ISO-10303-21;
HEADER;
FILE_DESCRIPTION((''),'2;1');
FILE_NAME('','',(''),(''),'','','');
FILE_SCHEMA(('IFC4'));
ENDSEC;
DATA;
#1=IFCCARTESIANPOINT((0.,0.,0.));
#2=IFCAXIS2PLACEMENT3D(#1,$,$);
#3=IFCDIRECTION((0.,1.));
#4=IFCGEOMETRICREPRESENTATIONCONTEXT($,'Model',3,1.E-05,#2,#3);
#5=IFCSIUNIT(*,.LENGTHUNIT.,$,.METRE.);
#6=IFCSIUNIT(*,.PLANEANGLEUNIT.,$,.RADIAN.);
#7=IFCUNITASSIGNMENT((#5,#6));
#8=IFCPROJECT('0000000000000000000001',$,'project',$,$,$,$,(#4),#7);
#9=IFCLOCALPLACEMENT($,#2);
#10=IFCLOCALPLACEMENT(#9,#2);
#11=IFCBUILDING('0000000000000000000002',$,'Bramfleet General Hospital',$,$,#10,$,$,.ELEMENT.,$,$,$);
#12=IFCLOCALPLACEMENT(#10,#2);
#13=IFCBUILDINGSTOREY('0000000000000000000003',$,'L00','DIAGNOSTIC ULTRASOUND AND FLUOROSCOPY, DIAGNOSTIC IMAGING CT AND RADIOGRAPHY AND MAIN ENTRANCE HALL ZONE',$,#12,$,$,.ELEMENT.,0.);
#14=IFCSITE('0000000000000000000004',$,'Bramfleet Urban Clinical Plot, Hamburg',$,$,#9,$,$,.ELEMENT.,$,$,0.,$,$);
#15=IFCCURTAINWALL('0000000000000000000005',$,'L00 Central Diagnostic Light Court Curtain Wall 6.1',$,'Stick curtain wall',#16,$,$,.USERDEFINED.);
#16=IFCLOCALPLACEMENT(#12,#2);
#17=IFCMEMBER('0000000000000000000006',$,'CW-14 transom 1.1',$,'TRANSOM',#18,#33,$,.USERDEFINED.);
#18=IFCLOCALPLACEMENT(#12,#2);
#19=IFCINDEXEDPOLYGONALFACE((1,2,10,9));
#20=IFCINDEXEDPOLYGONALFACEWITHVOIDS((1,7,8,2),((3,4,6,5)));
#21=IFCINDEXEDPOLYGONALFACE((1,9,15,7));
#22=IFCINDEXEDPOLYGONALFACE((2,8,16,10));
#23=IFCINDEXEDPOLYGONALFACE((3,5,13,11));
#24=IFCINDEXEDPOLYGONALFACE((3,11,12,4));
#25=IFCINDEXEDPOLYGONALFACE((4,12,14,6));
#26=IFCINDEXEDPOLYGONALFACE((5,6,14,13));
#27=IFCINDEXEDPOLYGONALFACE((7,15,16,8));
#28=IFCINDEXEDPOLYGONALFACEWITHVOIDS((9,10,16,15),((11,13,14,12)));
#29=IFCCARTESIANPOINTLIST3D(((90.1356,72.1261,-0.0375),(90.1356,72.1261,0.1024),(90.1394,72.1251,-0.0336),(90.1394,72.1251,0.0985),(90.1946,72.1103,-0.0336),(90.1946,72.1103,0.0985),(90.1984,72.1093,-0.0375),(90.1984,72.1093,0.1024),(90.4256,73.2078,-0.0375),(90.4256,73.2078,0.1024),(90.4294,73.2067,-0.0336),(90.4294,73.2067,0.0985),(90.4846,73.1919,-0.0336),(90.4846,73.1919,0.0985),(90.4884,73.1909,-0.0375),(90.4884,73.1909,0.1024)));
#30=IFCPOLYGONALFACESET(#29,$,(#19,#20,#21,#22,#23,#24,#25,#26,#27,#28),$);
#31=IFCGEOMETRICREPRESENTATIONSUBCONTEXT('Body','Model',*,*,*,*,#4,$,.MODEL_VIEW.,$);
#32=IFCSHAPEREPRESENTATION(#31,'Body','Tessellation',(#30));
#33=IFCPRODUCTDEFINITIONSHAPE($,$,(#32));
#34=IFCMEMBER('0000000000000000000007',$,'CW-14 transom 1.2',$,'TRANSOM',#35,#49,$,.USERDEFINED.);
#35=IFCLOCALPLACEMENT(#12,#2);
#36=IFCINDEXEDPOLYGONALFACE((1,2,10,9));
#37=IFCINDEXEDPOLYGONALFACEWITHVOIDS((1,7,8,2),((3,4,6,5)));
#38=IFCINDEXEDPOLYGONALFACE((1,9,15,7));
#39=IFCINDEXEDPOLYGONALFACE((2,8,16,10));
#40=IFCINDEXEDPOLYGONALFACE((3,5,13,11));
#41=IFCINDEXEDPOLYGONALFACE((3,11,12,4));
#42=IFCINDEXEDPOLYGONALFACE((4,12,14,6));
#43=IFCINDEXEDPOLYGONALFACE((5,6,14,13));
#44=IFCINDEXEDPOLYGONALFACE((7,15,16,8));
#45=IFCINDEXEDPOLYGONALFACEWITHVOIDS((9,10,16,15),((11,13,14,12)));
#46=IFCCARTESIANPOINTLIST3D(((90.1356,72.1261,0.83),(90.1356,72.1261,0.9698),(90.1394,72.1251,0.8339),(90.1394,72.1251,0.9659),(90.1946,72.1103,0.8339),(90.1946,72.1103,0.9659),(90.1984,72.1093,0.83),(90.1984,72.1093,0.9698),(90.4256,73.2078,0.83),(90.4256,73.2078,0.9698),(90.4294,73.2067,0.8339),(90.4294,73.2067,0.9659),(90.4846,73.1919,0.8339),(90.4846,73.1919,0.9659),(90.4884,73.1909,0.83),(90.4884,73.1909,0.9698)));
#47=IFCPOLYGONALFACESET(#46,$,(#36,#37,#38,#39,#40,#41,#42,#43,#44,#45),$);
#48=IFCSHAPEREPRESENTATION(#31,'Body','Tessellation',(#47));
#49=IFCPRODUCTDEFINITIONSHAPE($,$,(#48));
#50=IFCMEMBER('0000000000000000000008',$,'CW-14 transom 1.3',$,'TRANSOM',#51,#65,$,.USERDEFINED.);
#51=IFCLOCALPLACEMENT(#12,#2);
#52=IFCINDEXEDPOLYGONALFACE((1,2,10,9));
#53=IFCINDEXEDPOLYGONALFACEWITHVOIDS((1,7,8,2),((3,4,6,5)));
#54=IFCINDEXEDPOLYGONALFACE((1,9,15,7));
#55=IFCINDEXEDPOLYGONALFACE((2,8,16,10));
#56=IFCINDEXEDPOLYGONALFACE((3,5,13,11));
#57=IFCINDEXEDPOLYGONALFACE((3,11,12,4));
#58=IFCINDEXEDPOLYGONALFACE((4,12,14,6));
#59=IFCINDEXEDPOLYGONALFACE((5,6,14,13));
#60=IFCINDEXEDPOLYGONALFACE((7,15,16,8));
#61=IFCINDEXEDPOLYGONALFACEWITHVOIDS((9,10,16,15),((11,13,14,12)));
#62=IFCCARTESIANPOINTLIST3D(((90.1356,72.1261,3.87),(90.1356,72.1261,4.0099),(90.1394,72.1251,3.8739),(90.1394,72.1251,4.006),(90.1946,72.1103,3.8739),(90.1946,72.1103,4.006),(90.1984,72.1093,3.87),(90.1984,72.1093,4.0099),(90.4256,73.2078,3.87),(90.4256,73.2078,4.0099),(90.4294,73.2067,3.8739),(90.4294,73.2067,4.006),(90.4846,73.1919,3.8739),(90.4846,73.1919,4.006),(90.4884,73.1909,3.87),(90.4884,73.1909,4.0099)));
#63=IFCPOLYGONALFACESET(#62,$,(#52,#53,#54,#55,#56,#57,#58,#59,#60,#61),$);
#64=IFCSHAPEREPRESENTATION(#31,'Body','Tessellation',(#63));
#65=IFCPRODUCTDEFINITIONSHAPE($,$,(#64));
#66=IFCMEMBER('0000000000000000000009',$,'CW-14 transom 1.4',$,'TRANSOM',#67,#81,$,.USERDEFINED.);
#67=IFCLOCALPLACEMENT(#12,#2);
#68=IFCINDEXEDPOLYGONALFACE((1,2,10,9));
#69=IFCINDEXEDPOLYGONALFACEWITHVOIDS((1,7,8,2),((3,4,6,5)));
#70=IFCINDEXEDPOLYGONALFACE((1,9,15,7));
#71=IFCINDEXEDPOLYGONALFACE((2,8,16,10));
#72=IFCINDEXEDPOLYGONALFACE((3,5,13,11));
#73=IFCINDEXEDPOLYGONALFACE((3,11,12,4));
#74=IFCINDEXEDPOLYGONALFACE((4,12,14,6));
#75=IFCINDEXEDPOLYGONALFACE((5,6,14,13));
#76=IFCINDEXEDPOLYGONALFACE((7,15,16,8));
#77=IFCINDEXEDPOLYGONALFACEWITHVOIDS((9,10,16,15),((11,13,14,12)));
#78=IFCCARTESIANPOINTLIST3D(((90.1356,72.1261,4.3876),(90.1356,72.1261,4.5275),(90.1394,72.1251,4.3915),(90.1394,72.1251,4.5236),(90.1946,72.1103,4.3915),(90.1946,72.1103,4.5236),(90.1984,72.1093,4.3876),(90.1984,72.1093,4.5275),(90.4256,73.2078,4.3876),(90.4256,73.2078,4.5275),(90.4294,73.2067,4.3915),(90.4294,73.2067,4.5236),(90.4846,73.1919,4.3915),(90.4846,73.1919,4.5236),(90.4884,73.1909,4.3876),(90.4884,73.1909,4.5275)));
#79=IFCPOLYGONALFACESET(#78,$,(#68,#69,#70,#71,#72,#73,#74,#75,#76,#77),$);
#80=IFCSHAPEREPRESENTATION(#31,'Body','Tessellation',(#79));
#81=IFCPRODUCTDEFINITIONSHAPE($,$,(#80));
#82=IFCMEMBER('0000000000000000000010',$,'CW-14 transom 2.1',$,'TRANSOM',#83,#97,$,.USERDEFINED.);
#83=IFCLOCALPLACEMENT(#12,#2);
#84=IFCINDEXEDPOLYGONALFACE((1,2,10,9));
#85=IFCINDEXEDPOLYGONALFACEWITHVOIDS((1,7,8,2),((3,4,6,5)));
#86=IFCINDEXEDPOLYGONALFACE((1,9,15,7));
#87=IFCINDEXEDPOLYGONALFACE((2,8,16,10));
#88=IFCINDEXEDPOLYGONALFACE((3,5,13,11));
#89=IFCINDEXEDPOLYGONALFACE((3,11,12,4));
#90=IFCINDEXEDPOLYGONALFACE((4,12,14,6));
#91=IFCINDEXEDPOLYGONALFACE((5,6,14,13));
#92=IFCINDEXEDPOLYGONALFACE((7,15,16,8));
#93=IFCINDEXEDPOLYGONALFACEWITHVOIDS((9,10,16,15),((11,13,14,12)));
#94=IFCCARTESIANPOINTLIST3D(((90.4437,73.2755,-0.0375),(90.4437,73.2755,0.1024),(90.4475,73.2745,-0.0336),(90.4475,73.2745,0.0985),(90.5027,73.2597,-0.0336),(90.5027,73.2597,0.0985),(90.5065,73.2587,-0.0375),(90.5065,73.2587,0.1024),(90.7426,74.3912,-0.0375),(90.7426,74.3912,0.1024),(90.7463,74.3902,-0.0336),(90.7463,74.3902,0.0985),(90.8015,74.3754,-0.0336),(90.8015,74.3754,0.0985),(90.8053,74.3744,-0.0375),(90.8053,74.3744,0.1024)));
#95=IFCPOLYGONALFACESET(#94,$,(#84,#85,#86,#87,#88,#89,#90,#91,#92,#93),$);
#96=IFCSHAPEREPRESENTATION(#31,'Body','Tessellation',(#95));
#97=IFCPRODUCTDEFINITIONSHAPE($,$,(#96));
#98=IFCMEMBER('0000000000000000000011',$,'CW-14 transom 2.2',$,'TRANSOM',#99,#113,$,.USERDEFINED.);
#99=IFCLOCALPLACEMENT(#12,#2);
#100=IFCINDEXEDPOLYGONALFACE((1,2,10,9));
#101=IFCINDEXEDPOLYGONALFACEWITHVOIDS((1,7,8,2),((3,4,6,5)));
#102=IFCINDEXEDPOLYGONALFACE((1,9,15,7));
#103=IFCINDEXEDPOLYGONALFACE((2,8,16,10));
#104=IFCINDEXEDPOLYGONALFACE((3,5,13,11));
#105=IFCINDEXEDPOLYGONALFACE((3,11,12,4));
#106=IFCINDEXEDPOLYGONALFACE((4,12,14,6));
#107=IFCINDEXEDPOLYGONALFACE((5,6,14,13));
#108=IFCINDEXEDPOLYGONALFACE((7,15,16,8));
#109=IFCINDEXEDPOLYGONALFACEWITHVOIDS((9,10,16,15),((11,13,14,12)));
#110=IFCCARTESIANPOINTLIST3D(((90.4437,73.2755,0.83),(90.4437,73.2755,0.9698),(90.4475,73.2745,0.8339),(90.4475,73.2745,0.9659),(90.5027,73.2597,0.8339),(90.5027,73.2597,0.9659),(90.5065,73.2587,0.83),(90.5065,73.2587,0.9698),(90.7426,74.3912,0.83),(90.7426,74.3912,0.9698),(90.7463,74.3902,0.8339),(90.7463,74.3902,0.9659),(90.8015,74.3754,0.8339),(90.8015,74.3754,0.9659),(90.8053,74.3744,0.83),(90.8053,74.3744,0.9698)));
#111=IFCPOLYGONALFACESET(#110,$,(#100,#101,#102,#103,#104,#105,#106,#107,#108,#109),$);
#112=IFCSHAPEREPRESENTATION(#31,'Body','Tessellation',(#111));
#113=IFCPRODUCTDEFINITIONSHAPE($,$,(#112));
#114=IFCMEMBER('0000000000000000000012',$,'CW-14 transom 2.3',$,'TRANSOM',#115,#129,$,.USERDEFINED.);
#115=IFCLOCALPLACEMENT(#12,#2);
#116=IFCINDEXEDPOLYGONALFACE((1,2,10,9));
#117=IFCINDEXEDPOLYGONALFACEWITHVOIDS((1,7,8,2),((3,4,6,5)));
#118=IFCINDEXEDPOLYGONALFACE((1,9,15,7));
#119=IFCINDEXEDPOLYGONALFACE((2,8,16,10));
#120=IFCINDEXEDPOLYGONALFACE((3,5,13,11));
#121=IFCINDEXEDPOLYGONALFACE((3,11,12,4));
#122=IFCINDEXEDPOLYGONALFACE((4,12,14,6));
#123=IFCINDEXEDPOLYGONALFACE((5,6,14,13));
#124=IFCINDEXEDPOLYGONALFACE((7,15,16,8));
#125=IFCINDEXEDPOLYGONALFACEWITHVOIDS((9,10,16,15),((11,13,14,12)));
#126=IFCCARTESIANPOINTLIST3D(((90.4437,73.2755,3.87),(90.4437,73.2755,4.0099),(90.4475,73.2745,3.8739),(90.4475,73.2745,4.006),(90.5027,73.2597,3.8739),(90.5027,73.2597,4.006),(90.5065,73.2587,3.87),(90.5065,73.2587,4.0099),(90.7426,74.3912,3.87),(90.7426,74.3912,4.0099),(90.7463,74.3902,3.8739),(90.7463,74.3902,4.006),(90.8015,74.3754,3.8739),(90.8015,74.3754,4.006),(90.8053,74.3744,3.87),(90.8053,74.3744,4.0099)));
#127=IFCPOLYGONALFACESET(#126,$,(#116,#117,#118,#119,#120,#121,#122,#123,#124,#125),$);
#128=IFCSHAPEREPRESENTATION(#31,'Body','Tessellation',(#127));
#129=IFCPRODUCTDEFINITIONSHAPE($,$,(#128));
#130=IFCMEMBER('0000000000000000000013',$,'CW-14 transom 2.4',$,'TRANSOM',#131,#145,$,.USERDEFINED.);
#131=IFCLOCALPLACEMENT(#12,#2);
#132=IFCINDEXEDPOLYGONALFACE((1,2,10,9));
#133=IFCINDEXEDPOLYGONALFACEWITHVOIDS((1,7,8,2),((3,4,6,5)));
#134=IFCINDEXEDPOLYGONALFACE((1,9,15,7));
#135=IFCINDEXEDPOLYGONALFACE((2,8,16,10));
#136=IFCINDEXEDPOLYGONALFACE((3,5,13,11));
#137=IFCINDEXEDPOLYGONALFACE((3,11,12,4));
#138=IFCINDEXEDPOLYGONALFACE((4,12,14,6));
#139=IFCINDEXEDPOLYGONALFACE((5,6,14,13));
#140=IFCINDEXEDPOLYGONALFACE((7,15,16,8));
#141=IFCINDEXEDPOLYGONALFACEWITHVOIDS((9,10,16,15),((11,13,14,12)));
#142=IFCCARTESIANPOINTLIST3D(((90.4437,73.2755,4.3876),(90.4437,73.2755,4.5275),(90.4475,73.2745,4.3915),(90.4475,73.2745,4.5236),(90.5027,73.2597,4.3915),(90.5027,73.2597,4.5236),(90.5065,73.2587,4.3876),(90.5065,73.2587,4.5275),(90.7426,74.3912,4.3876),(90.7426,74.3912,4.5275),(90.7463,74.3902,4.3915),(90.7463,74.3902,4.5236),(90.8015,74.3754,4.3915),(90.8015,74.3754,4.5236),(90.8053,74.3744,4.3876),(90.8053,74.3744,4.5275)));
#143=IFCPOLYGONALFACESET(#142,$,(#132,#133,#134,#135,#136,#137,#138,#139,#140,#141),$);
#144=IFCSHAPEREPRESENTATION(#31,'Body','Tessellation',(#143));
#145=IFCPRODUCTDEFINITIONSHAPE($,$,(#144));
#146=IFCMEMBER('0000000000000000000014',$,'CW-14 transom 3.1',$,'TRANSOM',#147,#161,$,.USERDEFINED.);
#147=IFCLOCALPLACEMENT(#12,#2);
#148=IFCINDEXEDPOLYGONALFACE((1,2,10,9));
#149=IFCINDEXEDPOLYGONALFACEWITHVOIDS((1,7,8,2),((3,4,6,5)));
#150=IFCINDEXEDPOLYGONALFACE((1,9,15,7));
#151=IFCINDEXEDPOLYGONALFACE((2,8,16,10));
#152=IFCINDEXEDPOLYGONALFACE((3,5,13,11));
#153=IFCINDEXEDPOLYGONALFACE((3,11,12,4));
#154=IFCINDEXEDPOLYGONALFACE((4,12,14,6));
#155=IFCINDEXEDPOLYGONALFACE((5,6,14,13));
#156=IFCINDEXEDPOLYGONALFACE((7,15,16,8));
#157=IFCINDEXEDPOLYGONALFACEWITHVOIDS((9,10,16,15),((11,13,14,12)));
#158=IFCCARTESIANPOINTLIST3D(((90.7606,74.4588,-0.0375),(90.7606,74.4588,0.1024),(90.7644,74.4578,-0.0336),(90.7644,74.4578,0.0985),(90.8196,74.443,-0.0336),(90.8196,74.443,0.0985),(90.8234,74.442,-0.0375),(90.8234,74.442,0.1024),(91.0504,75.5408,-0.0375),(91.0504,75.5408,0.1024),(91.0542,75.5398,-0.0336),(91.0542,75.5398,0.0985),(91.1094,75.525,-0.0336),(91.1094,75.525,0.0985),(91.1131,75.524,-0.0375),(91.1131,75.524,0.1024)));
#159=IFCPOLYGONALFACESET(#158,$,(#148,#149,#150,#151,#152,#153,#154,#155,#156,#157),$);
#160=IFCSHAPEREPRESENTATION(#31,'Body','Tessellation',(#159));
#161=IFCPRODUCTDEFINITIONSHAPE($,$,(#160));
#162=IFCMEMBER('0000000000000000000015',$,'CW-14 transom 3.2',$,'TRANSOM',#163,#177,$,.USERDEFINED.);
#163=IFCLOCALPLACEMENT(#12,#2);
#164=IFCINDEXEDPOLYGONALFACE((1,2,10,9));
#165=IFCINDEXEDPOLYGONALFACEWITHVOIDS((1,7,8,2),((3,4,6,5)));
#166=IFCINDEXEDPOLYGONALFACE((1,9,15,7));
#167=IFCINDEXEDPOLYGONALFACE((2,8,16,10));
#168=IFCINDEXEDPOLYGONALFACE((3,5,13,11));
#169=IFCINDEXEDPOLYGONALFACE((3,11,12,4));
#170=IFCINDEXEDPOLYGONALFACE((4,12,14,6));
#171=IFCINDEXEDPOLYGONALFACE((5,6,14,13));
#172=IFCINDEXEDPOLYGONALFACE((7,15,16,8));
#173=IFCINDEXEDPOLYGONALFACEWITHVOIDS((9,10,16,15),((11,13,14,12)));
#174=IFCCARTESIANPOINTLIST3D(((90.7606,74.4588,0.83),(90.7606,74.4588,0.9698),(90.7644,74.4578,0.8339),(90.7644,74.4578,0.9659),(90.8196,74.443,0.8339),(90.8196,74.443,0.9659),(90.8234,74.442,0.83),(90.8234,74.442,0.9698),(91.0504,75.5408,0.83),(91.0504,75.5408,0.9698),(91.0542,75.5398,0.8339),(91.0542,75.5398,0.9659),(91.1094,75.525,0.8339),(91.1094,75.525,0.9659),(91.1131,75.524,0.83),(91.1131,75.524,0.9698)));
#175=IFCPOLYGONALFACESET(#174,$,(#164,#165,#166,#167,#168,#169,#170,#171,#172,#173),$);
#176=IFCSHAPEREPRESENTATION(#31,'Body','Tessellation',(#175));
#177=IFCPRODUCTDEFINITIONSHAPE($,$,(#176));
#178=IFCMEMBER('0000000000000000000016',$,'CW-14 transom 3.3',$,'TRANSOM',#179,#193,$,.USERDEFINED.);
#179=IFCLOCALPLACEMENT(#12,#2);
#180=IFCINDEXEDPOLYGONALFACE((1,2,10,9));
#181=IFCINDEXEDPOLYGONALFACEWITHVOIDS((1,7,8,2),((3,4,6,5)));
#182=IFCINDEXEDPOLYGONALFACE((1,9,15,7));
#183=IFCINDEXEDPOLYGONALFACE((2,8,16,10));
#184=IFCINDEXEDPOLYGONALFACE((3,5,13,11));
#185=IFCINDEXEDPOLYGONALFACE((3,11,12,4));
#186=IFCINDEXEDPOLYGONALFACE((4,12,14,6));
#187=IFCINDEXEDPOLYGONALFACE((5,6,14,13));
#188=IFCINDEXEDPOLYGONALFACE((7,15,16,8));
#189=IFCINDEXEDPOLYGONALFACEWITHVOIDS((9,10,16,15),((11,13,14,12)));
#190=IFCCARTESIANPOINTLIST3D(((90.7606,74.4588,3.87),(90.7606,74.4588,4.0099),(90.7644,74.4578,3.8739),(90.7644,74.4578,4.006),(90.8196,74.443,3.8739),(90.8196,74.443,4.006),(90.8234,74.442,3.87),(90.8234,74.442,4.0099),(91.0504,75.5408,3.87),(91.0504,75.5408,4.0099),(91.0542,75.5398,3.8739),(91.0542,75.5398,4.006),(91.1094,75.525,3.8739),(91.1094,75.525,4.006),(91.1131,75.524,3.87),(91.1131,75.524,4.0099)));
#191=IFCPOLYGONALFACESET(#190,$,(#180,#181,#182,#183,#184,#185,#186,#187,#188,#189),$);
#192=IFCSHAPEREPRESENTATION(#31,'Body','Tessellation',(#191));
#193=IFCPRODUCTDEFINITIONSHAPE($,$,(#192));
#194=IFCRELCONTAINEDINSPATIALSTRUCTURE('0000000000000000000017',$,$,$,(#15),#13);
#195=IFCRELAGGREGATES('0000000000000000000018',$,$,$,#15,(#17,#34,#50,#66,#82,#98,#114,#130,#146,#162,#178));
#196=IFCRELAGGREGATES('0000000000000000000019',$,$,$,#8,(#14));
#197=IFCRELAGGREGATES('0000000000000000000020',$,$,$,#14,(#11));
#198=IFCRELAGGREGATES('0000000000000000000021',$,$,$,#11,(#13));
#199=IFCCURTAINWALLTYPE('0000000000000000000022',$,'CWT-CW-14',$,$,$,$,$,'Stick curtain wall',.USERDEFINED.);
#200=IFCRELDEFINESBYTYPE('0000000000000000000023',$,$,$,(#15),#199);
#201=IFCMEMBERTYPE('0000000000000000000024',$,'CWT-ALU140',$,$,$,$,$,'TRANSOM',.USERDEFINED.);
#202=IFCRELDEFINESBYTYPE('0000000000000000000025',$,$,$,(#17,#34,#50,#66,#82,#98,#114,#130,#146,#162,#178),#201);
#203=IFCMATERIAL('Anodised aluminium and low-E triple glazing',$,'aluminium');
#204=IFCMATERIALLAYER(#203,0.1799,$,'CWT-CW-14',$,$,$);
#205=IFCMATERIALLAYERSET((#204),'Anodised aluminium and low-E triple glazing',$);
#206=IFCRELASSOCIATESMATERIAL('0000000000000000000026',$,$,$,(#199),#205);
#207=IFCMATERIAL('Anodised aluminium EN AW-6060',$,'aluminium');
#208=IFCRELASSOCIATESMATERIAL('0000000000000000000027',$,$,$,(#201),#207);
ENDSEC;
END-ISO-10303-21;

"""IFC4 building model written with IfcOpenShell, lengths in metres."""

from ifc_helpers import new_model, si_unit, direction, frame, origin, origin_2d, place, context, subcontext, project, spatial, hollow_rectangle, extrude, material, layer, layer_set, material_profile, profile_set, type_object, element, aggregate, save


model = new_model("IFC4")

# Units and contexts
model_context = context("Model", 3, precision=1e-05, world=origin(), true_north=direction((0.0, 1.0)))
body_context = subcontext(model_context, "Body", "Model", "MODEL_VIEW")
ifc_project = project(units=[si_unit("LENGTHUNIT", "METRE"), si_unit("PLANEANGLEUNIT", "RADIAN")], contexts=[model_context])

# Site, building, storey
site_placement = place(None, origin())
site = spatial("IfcSite", under=ifc_project, at=site_placement, Name="Bramfleet Urban Clinical Plot, Hamburg", CompositionType="ELEMENT", RefElevation=0.0)
building_placement = place(site_placement, origin())
building = spatial("IfcBuilding", under=site, at=building_placement, Name="Bramfleet General Hospital", CompositionType="ELEMENT")
storey_placement = place(building_placement, origin())
storey = spatial("IfcBuildingStorey", under=building, at=storey_placement, Name="L00", Description="DIAGNOSTIC ULTRASOUND AND FLUOROSCOPY, DIAGNOSTIC IMAGING CT AND RADIOGRAPHY AND MAIN ENTRANCE HALL ZONE", CompositionType="ELEMENT", Elevation=0.0)

# Shared definitions
ifc_material_1 = material(Name="Anodised aluminium and low-E triple glazing", Category="aluminium")
ifc_material_2 = material(Name="Anodised aluminium EN AW-6060", Category="aluminium")

# Curtain wall
ifc_layer_1 = layer(ifc_material_1, 0.1799, Name="CWT-CW-14")
ifc_layer_set_1 = layer_set([ifc_layer_1], Name="Anodised aluminium and low-E triple glazing")
curtain_wall_type_1 = type_object("IfcCurtainWallType", Name="CWT-CW-14", ElementType="Stick curtain wall", PredefinedType="USERDEFINED", material=ifc_layer_set_1)
curtain_wall_1_placement = place(storey_placement, origin())
curtain_wall_1 = element("IfcCurtainWall", 1, at=curtain_wall_1_placement, inside=storey, type_object=curtain_wall_type_1, Name="L00 Central Diagnostic Light Court Curtain Wall 6.1", ObjectType="Stick curtain wall", PredefinedType="USERDEFINED")

# Members
ifc_material_profile_1 = material_profile(ifc_material_2, hollow_rectangle(XDim=0.0649, YDim=0.1399, WallThickness=0.0039, at=origin_2d()), Name="ALU 140x65x4.0")
ifc_profile_set_1 = profile_set([ifc_material_profile_1], Name="Anodised aluminium EN AW-6060")
member_type_1 = type_object("IfcMemberType", Name="CWT-ALU140", ElementType="TRANSOM", PredefinedType="USERDEFINED", material=ifc_profile_set_1)
member_1_placement = place(storey_placement, frame((90.167, 72.1177, 0.0325), z_axis=(0.258965, 0.965887, 0.0), x_axis=(-0.965887, 0.258965, 0.0)))
member_1 = element("IfcMember", 2, at=member_1_placement, type_object=member_type_1, Name="CW-14 transom 1.1", ObjectType="TRANSOM", PredefinedType="USERDEFINED", context=body_context, shape_type="SweptSolid", body=[
    extrude(hollow_rectangle(XDim=0.0649, YDim=0.1399, WallThickness=0.0039, at=origin_2d()), origin(), (0.0, 0.0, 1.0), 1.1199),
])
member_2_placement = place(storey_placement, frame((90.167, 72.1177, 0.8999), z_axis=(0.258965, 0.965887, 0.0), x_axis=(-0.965887, 0.258965, 0.0)))
member_2 = element("IfcMember", 3, at=member_2_placement, type_object=member_type_1, Name="CW-14 transom 1.2", ObjectType="TRANSOM", PredefinedType="USERDEFINED", context=body_context, shape_type="SweptSolid", body=[
    extrude(hollow_rectangle(XDim=0.0649, YDim=0.1399, WallThickness=0.0039, at=origin_2d()), origin(), (0.0, 0.0, 1.0), 1.1199),
])
member_3_placement = place(storey_placement, frame((90.167, 72.1177, 3.9399), z_axis=(0.258965, 0.965887, 0.0), x_axis=(-0.965887, 0.258965, 0.0)))
member_3 = element("IfcMember", 4, at=member_3_placement, type_object=member_type_1, Name="CW-14 transom 1.3", ObjectType="TRANSOM", PredefinedType="USERDEFINED", context=body_context, shape_type="SweptSolid", body=[
    extrude(hollow_rectangle(XDim=0.0649, YDim=0.1399, WallThickness=0.0039, at=origin_2d()), origin(), (0.0, 0.0, 1.0), 1.1199),
])
member_4_placement = place(storey_placement, frame((90.167, 72.1177, 4.4575), z_axis=(0.258965, 0.965887, 0.0), x_axis=(-0.965887, 0.258965, 0.0)))
member_4 = element("IfcMember", 5, at=member_4_placement, type_object=member_type_1, Name="CW-14 transom 1.4", ObjectType="TRANSOM", PredefinedType="USERDEFINED", context=body_context, shape_type="SweptSolid", body=[
    extrude(hollow_rectangle(XDim=0.0649, YDim=0.1399, WallThickness=0.0039, at=origin_2d()), origin(), (0.0, 0.0, 1.0), 1.1199),
])
member_5_placement = place(storey_placement, frame((90.4751, 73.2671, 0.0325), z_axis=(0.258715, 0.965954, 0.0), x_axis=(-0.965954, 0.258715, 0.0)))
member_5 = element("IfcMember", 6, at=member_5_placement, type_object=member_type_1, Name="CW-14 transom 2.1", ObjectType="TRANSOM", PredefinedType="USERDEFINED", context=body_context, shape_type="SweptSolid", body=[
    extrude(hollow_rectangle(XDim=0.0649, YDim=0.1399, WallThickness=0.0039, at=origin_2d()), origin(), (0.0, 0.0, 1.0), 1.155),
])
member_6_placement = place(storey_placement, frame((90.4751, 73.2671, 0.8999), z_axis=(0.258715, 0.965954, 0.0), x_axis=(-0.965954, 0.258715, 0.0)))
member_6 = element("IfcMember", 7, at=member_6_placement, type_object=member_type_1, Name="CW-14 transom 2.2", ObjectType="TRANSOM", PredefinedType="USERDEFINED", context=body_context, shape_type="SweptSolid", body=[
    extrude(hollow_rectangle(XDim=0.0649, YDim=0.1399, WallThickness=0.0039, at=origin_2d()), origin(), (0.0, 0.0, 1.0), 1.155),
])
member_7_placement = place(storey_placement, frame((90.4751, 73.2671, 3.9399), z_axis=(0.258715, 0.965954, 0.0), x_axis=(-0.965954, 0.258715, 0.0)))
member_7 = element("IfcMember", 8, at=member_7_placement, type_object=member_type_1, Name="CW-14 transom 2.3", ObjectType="TRANSOM", PredefinedType="USERDEFINED", context=body_context, shape_type="SweptSolid", body=[
    extrude(hollow_rectangle(XDim=0.0649, YDim=0.1399, WallThickness=0.0039, at=origin_2d()), origin(), (0.0, 0.0, 1.0), 1.155),
])
member_8_placement = place(storey_placement, frame((90.4751, 73.2671, 4.4575), z_axis=(0.258715, 0.965954, 0.0), x_axis=(-0.965954, 0.258715, 0.0)))
member_8 = element("IfcMember", 9, at=member_8_placement, type_object=member_type_1, Name="CW-14 transom 2.4", ObjectType="TRANSOM", PredefinedType="USERDEFINED", context=body_context, shape_type="SweptSolid", body=[
    extrude(hollow_rectangle(XDim=0.0649, YDim=0.1399, WallThickness=0.0039, at=origin_2d()), origin(), (0.0, 0.0, 1.0), 1.155),
])
member_9_placement = place(storey_placement, frame((90.792, 74.4504, 0.0325), z_axis=(0.258707, 0.965956, 0.0), x_axis=(-0.965956, 0.258707, 0.0)))
member_9 = element("IfcMember", 10, at=member_9_placement, type_object=member_type_1, Name="CW-14 transom 3.1", ObjectType="TRANSOM", PredefinedType="USERDEFINED", context=body_context, shape_type="SweptSolid", body=[
    extrude(hollow_rectangle(XDim=0.0649, YDim=0.1399, WallThickness=0.0039, at=origin_2d()), origin(), (0.0, 0.0, 1.0), 1.1201),
])
member_10_placement = place(storey_placement, frame((90.792, 74.4504, 0.8999), z_axis=(0.258707, 0.965956, 0.0), x_axis=(-0.965956, 0.258707, 0.0)))
member_10 = element("IfcMember", 11, at=member_10_placement, type_object=member_type_1, Name="CW-14 transom 3.2", ObjectType="TRANSOM", PredefinedType="USERDEFINED", context=body_context, shape_type="SweptSolid", body=[
    extrude(hollow_rectangle(XDim=0.0649, YDim=0.1399, WallThickness=0.0039, at=origin_2d()), origin(), (0.0, 0.0, 1.0), 1.1201),
])
member_11_placement = place(storey_placement, frame((90.792, 74.4504, 3.9399), z_axis=(0.258707, 0.965956, 0.0), x_axis=(-0.965956, 0.258707, 0.0)))
member_11 = element("IfcMember", 12, at=member_11_placement, type_object=member_type_1, Name="CW-14 transom 3.3", ObjectType="TRANSOM", PredefinedType="USERDEFINED", context=body_context, shape_type="SweptSolid", body=[
    extrude(hollow_rectangle(XDim=0.0649, YDim=0.1399, WallThickness=0.0039, at=origin_2d()), origin(), (0.0, 0.0, 1.0), 1.1201),
])

aggregate(curtain_wall_1, [member_1, member_2, member_3, member_4, member_5, member_6, member_7, member_8, member_9, member_10, member_11])

save(model, "model.ifc")
